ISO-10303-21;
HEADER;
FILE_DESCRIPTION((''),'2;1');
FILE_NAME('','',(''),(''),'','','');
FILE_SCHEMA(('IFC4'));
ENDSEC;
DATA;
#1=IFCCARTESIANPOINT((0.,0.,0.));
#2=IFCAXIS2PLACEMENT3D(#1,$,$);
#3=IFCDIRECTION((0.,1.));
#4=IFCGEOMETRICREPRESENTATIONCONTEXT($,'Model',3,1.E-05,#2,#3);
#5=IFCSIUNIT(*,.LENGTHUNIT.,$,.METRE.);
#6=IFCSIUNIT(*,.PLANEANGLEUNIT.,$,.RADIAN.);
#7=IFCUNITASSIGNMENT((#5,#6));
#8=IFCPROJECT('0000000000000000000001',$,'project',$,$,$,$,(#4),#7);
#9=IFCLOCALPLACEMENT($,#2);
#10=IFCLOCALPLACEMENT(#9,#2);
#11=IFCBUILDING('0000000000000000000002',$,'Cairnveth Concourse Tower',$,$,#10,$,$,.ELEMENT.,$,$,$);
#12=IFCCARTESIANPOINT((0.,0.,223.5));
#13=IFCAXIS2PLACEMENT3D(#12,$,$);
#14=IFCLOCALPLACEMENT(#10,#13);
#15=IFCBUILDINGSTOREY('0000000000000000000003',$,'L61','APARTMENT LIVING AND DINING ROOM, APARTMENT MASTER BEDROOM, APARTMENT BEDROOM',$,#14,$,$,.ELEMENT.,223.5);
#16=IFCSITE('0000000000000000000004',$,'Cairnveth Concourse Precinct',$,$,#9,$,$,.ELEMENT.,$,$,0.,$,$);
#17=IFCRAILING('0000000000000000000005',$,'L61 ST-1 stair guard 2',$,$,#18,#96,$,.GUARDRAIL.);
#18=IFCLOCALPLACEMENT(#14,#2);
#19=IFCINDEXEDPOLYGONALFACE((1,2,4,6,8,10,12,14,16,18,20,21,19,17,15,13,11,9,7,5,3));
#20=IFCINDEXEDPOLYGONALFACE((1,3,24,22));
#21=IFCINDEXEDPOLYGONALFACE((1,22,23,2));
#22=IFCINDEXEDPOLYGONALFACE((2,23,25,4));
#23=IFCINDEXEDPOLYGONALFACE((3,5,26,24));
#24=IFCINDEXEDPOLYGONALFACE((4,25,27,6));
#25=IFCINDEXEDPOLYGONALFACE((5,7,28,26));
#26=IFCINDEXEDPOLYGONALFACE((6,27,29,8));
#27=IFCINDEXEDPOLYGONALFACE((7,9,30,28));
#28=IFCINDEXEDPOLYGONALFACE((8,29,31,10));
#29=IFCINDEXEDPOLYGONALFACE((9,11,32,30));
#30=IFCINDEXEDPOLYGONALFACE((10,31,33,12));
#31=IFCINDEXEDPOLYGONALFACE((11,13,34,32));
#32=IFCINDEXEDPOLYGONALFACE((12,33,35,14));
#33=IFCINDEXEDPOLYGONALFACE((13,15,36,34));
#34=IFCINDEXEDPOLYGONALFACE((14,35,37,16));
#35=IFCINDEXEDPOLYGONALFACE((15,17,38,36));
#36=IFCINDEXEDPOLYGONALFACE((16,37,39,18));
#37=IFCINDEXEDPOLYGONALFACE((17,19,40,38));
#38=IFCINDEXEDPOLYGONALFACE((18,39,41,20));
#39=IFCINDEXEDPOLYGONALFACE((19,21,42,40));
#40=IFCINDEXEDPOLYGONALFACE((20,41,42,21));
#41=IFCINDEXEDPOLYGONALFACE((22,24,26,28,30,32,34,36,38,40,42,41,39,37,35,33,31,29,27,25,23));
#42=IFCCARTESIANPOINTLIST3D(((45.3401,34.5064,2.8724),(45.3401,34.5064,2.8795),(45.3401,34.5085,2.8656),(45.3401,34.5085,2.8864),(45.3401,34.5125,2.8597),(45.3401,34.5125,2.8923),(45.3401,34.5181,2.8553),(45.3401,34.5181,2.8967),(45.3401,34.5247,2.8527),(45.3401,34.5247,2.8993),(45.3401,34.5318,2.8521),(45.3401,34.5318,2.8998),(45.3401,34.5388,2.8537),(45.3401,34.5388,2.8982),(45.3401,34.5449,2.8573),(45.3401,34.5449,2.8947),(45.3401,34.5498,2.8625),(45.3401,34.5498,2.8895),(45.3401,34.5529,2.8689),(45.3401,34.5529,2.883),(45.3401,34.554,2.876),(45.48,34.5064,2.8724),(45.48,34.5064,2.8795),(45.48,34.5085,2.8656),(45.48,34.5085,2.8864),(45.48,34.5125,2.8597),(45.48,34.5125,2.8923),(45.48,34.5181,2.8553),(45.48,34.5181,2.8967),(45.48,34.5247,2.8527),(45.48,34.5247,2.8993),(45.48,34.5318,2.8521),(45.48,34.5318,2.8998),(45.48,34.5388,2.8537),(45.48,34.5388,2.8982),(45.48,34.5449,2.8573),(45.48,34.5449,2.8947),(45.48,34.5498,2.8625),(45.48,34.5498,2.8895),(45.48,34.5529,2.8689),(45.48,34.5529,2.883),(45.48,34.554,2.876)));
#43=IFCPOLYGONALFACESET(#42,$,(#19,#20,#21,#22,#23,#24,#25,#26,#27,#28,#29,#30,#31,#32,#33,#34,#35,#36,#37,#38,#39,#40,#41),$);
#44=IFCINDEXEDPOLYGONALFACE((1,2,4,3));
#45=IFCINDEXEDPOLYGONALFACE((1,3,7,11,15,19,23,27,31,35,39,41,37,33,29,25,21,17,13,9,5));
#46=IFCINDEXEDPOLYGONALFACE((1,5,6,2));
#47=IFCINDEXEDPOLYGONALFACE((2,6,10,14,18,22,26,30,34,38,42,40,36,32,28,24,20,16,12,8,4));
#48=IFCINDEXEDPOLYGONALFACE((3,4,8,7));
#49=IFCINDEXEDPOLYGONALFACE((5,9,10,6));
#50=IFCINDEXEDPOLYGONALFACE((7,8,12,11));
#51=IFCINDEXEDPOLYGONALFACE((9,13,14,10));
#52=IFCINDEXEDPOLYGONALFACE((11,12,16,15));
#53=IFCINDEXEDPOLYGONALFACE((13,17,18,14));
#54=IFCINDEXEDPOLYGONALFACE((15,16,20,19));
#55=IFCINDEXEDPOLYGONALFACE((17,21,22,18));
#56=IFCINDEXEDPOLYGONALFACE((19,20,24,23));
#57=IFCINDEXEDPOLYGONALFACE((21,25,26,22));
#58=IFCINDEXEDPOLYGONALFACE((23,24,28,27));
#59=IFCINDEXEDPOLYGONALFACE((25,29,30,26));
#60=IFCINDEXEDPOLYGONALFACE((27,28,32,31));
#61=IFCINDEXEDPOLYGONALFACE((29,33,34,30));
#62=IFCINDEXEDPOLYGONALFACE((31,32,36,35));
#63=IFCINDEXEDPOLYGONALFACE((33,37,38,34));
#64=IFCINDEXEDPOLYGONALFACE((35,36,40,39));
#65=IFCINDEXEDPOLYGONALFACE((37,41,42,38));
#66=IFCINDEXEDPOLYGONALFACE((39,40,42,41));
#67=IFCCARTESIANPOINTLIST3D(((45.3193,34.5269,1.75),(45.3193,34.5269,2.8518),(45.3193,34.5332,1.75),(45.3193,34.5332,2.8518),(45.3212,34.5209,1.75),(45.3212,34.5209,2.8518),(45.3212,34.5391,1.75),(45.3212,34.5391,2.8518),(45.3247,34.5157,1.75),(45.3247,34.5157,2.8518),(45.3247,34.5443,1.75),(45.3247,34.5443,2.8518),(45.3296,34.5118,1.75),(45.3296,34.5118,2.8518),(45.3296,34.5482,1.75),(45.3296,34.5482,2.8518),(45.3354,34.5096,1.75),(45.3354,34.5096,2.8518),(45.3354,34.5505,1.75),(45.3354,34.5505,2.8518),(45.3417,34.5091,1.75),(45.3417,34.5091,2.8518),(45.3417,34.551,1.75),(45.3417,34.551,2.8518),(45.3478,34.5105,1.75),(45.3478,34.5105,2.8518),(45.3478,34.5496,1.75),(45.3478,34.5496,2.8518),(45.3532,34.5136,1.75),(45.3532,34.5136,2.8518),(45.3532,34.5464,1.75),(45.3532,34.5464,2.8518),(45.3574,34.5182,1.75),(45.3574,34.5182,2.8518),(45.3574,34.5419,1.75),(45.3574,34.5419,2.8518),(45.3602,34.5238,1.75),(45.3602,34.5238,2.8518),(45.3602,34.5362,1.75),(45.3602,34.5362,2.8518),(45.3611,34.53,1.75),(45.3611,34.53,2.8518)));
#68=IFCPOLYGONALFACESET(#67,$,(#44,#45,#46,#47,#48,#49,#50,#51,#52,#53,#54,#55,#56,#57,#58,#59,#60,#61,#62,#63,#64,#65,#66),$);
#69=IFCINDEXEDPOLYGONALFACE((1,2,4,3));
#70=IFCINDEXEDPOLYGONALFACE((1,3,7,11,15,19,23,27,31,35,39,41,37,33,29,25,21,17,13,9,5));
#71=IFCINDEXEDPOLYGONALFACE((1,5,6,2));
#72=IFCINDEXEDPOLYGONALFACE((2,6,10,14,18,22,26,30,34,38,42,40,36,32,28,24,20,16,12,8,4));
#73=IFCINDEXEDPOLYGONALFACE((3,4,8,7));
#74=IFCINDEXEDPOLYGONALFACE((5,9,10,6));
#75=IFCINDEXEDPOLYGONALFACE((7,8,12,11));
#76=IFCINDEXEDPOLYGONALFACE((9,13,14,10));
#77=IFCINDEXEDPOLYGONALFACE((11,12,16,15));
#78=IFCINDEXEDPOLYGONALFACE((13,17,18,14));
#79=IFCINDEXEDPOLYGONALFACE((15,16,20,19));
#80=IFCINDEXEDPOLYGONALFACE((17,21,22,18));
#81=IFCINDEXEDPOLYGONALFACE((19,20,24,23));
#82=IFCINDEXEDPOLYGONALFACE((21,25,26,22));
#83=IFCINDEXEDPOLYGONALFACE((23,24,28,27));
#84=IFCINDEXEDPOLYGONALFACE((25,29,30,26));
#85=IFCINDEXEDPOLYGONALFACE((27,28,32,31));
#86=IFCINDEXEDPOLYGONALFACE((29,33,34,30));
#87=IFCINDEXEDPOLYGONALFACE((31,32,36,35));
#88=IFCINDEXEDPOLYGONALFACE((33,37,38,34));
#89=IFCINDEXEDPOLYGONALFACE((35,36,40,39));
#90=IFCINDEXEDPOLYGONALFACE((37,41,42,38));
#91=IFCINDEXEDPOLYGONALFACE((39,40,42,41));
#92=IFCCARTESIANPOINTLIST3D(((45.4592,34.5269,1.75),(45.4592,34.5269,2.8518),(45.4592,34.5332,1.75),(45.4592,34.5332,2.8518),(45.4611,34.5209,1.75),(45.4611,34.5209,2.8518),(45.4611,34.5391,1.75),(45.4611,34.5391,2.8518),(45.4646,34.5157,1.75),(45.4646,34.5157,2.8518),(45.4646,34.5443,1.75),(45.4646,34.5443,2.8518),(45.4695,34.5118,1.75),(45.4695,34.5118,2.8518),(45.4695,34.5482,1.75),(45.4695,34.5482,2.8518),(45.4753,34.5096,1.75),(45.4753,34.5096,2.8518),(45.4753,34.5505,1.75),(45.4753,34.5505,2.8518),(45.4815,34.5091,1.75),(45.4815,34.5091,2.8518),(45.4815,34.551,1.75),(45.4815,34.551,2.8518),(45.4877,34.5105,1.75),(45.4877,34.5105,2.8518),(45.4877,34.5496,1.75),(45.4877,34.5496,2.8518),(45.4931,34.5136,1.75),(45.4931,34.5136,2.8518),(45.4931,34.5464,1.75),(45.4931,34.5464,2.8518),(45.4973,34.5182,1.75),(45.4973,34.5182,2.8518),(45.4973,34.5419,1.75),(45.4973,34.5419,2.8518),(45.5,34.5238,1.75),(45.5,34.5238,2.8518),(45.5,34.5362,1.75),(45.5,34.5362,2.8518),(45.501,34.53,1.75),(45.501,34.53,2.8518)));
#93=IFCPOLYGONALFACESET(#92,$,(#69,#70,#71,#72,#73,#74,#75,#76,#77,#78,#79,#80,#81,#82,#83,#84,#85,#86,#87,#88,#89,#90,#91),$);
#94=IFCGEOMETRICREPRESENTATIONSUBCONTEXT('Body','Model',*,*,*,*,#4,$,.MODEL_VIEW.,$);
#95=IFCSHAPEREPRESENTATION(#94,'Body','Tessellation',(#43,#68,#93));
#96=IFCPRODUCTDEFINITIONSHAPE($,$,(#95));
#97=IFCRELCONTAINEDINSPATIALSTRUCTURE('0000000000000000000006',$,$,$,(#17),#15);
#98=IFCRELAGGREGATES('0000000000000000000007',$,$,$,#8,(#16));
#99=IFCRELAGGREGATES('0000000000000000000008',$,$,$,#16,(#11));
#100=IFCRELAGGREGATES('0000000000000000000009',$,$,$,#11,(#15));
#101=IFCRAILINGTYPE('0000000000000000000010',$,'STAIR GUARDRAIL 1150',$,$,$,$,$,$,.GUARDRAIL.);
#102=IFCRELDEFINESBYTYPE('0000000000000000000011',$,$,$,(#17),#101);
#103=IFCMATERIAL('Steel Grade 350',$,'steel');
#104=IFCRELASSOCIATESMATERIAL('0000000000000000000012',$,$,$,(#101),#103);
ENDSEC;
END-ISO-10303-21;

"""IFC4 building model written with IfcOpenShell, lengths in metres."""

from ifc_helpers import new_model, si_unit, direction, frame, origin, origin_2d, place, context, subcontext, project, spatial, circle, extrude, material, type_object, element, save


model = new_model("IFC4")

# Units and contexts
model_context = context("Model", 3, precision=1e-05, world=origin(), true_north=direction((0.0, 1.0)))
body_context = subcontext(model_context, "Body", "Model", "MODEL_VIEW")
ifc_project = project(units=[si_unit("LENGTHUNIT", "METRE"), si_unit("PLANEANGLEUNIT", "RADIAN")], contexts=[model_context])

# Site, building, storey
site_placement = place(None, origin())
site = spatial("IfcSite", under=ifc_project, at=site_placement, Name="Cairnveth Concourse Precinct", CompositionType="ELEMENT", RefElevation=0.0)
building_placement = place(site_placement, origin())
building = spatial("IfcBuilding", under=site, at=building_placement, Name="Cairnveth Concourse Tower", CompositionType="ELEMENT")
storey_placement = place(building_placement, frame((0.0, 0.0, 223.5)))
storey = spatial("IfcBuildingStorey", under=building, at=storey_placement, Name="L61", Description="APARTMENT LIVING AND DINING ROOM, APARTMENT MASTER BEDROOM, APARTMENT BEDROOM", CompositionType="ELEMENT", Elevation=223.5)

# Shared definitions
ifc_material_1 = material(Name="Steel Grade 350", Category="steel")

# Railing
railing_type_1 = type_object("IfcRailingType", Name="STAIR GUARDRAIL 1150", PredefinedType="GUARDRAIL", material=ifc_material_1)
railing_1_placement = place(storey_placement, frame((45.3401, 34.53, 1.75)))
element("IfcRailing", 1, at=railing_1_placement, inside=storey, type_object=railing_type_1, Name="L61 ST-1 stair guard 2", PredefinedType="GUARDRAIL", context=body_context, shape_type="SweptSolid", body=[
    extrude(circle(Radius=0.0239, at=origin_2d()), frame((0.0, 0.0, 1.126), z_axis=(1.0, 0.0, 0.0), x_axis=(0.0, 1.0, 0.0)), (0.0, 0.0, 1.0), 0.1399),
    extrude(circle(Radius=0.021, at=origin_2d()), origin(), (0.0, 0.0, 1.0), 1.1018),
    extrude(circle(Radius=0.021, at=origin_2d()), frame((0.1399, 0.0, 0.0)), (0.0, 0.0, 1.0), 1.1018),
])

save(model, "model.ifc")
